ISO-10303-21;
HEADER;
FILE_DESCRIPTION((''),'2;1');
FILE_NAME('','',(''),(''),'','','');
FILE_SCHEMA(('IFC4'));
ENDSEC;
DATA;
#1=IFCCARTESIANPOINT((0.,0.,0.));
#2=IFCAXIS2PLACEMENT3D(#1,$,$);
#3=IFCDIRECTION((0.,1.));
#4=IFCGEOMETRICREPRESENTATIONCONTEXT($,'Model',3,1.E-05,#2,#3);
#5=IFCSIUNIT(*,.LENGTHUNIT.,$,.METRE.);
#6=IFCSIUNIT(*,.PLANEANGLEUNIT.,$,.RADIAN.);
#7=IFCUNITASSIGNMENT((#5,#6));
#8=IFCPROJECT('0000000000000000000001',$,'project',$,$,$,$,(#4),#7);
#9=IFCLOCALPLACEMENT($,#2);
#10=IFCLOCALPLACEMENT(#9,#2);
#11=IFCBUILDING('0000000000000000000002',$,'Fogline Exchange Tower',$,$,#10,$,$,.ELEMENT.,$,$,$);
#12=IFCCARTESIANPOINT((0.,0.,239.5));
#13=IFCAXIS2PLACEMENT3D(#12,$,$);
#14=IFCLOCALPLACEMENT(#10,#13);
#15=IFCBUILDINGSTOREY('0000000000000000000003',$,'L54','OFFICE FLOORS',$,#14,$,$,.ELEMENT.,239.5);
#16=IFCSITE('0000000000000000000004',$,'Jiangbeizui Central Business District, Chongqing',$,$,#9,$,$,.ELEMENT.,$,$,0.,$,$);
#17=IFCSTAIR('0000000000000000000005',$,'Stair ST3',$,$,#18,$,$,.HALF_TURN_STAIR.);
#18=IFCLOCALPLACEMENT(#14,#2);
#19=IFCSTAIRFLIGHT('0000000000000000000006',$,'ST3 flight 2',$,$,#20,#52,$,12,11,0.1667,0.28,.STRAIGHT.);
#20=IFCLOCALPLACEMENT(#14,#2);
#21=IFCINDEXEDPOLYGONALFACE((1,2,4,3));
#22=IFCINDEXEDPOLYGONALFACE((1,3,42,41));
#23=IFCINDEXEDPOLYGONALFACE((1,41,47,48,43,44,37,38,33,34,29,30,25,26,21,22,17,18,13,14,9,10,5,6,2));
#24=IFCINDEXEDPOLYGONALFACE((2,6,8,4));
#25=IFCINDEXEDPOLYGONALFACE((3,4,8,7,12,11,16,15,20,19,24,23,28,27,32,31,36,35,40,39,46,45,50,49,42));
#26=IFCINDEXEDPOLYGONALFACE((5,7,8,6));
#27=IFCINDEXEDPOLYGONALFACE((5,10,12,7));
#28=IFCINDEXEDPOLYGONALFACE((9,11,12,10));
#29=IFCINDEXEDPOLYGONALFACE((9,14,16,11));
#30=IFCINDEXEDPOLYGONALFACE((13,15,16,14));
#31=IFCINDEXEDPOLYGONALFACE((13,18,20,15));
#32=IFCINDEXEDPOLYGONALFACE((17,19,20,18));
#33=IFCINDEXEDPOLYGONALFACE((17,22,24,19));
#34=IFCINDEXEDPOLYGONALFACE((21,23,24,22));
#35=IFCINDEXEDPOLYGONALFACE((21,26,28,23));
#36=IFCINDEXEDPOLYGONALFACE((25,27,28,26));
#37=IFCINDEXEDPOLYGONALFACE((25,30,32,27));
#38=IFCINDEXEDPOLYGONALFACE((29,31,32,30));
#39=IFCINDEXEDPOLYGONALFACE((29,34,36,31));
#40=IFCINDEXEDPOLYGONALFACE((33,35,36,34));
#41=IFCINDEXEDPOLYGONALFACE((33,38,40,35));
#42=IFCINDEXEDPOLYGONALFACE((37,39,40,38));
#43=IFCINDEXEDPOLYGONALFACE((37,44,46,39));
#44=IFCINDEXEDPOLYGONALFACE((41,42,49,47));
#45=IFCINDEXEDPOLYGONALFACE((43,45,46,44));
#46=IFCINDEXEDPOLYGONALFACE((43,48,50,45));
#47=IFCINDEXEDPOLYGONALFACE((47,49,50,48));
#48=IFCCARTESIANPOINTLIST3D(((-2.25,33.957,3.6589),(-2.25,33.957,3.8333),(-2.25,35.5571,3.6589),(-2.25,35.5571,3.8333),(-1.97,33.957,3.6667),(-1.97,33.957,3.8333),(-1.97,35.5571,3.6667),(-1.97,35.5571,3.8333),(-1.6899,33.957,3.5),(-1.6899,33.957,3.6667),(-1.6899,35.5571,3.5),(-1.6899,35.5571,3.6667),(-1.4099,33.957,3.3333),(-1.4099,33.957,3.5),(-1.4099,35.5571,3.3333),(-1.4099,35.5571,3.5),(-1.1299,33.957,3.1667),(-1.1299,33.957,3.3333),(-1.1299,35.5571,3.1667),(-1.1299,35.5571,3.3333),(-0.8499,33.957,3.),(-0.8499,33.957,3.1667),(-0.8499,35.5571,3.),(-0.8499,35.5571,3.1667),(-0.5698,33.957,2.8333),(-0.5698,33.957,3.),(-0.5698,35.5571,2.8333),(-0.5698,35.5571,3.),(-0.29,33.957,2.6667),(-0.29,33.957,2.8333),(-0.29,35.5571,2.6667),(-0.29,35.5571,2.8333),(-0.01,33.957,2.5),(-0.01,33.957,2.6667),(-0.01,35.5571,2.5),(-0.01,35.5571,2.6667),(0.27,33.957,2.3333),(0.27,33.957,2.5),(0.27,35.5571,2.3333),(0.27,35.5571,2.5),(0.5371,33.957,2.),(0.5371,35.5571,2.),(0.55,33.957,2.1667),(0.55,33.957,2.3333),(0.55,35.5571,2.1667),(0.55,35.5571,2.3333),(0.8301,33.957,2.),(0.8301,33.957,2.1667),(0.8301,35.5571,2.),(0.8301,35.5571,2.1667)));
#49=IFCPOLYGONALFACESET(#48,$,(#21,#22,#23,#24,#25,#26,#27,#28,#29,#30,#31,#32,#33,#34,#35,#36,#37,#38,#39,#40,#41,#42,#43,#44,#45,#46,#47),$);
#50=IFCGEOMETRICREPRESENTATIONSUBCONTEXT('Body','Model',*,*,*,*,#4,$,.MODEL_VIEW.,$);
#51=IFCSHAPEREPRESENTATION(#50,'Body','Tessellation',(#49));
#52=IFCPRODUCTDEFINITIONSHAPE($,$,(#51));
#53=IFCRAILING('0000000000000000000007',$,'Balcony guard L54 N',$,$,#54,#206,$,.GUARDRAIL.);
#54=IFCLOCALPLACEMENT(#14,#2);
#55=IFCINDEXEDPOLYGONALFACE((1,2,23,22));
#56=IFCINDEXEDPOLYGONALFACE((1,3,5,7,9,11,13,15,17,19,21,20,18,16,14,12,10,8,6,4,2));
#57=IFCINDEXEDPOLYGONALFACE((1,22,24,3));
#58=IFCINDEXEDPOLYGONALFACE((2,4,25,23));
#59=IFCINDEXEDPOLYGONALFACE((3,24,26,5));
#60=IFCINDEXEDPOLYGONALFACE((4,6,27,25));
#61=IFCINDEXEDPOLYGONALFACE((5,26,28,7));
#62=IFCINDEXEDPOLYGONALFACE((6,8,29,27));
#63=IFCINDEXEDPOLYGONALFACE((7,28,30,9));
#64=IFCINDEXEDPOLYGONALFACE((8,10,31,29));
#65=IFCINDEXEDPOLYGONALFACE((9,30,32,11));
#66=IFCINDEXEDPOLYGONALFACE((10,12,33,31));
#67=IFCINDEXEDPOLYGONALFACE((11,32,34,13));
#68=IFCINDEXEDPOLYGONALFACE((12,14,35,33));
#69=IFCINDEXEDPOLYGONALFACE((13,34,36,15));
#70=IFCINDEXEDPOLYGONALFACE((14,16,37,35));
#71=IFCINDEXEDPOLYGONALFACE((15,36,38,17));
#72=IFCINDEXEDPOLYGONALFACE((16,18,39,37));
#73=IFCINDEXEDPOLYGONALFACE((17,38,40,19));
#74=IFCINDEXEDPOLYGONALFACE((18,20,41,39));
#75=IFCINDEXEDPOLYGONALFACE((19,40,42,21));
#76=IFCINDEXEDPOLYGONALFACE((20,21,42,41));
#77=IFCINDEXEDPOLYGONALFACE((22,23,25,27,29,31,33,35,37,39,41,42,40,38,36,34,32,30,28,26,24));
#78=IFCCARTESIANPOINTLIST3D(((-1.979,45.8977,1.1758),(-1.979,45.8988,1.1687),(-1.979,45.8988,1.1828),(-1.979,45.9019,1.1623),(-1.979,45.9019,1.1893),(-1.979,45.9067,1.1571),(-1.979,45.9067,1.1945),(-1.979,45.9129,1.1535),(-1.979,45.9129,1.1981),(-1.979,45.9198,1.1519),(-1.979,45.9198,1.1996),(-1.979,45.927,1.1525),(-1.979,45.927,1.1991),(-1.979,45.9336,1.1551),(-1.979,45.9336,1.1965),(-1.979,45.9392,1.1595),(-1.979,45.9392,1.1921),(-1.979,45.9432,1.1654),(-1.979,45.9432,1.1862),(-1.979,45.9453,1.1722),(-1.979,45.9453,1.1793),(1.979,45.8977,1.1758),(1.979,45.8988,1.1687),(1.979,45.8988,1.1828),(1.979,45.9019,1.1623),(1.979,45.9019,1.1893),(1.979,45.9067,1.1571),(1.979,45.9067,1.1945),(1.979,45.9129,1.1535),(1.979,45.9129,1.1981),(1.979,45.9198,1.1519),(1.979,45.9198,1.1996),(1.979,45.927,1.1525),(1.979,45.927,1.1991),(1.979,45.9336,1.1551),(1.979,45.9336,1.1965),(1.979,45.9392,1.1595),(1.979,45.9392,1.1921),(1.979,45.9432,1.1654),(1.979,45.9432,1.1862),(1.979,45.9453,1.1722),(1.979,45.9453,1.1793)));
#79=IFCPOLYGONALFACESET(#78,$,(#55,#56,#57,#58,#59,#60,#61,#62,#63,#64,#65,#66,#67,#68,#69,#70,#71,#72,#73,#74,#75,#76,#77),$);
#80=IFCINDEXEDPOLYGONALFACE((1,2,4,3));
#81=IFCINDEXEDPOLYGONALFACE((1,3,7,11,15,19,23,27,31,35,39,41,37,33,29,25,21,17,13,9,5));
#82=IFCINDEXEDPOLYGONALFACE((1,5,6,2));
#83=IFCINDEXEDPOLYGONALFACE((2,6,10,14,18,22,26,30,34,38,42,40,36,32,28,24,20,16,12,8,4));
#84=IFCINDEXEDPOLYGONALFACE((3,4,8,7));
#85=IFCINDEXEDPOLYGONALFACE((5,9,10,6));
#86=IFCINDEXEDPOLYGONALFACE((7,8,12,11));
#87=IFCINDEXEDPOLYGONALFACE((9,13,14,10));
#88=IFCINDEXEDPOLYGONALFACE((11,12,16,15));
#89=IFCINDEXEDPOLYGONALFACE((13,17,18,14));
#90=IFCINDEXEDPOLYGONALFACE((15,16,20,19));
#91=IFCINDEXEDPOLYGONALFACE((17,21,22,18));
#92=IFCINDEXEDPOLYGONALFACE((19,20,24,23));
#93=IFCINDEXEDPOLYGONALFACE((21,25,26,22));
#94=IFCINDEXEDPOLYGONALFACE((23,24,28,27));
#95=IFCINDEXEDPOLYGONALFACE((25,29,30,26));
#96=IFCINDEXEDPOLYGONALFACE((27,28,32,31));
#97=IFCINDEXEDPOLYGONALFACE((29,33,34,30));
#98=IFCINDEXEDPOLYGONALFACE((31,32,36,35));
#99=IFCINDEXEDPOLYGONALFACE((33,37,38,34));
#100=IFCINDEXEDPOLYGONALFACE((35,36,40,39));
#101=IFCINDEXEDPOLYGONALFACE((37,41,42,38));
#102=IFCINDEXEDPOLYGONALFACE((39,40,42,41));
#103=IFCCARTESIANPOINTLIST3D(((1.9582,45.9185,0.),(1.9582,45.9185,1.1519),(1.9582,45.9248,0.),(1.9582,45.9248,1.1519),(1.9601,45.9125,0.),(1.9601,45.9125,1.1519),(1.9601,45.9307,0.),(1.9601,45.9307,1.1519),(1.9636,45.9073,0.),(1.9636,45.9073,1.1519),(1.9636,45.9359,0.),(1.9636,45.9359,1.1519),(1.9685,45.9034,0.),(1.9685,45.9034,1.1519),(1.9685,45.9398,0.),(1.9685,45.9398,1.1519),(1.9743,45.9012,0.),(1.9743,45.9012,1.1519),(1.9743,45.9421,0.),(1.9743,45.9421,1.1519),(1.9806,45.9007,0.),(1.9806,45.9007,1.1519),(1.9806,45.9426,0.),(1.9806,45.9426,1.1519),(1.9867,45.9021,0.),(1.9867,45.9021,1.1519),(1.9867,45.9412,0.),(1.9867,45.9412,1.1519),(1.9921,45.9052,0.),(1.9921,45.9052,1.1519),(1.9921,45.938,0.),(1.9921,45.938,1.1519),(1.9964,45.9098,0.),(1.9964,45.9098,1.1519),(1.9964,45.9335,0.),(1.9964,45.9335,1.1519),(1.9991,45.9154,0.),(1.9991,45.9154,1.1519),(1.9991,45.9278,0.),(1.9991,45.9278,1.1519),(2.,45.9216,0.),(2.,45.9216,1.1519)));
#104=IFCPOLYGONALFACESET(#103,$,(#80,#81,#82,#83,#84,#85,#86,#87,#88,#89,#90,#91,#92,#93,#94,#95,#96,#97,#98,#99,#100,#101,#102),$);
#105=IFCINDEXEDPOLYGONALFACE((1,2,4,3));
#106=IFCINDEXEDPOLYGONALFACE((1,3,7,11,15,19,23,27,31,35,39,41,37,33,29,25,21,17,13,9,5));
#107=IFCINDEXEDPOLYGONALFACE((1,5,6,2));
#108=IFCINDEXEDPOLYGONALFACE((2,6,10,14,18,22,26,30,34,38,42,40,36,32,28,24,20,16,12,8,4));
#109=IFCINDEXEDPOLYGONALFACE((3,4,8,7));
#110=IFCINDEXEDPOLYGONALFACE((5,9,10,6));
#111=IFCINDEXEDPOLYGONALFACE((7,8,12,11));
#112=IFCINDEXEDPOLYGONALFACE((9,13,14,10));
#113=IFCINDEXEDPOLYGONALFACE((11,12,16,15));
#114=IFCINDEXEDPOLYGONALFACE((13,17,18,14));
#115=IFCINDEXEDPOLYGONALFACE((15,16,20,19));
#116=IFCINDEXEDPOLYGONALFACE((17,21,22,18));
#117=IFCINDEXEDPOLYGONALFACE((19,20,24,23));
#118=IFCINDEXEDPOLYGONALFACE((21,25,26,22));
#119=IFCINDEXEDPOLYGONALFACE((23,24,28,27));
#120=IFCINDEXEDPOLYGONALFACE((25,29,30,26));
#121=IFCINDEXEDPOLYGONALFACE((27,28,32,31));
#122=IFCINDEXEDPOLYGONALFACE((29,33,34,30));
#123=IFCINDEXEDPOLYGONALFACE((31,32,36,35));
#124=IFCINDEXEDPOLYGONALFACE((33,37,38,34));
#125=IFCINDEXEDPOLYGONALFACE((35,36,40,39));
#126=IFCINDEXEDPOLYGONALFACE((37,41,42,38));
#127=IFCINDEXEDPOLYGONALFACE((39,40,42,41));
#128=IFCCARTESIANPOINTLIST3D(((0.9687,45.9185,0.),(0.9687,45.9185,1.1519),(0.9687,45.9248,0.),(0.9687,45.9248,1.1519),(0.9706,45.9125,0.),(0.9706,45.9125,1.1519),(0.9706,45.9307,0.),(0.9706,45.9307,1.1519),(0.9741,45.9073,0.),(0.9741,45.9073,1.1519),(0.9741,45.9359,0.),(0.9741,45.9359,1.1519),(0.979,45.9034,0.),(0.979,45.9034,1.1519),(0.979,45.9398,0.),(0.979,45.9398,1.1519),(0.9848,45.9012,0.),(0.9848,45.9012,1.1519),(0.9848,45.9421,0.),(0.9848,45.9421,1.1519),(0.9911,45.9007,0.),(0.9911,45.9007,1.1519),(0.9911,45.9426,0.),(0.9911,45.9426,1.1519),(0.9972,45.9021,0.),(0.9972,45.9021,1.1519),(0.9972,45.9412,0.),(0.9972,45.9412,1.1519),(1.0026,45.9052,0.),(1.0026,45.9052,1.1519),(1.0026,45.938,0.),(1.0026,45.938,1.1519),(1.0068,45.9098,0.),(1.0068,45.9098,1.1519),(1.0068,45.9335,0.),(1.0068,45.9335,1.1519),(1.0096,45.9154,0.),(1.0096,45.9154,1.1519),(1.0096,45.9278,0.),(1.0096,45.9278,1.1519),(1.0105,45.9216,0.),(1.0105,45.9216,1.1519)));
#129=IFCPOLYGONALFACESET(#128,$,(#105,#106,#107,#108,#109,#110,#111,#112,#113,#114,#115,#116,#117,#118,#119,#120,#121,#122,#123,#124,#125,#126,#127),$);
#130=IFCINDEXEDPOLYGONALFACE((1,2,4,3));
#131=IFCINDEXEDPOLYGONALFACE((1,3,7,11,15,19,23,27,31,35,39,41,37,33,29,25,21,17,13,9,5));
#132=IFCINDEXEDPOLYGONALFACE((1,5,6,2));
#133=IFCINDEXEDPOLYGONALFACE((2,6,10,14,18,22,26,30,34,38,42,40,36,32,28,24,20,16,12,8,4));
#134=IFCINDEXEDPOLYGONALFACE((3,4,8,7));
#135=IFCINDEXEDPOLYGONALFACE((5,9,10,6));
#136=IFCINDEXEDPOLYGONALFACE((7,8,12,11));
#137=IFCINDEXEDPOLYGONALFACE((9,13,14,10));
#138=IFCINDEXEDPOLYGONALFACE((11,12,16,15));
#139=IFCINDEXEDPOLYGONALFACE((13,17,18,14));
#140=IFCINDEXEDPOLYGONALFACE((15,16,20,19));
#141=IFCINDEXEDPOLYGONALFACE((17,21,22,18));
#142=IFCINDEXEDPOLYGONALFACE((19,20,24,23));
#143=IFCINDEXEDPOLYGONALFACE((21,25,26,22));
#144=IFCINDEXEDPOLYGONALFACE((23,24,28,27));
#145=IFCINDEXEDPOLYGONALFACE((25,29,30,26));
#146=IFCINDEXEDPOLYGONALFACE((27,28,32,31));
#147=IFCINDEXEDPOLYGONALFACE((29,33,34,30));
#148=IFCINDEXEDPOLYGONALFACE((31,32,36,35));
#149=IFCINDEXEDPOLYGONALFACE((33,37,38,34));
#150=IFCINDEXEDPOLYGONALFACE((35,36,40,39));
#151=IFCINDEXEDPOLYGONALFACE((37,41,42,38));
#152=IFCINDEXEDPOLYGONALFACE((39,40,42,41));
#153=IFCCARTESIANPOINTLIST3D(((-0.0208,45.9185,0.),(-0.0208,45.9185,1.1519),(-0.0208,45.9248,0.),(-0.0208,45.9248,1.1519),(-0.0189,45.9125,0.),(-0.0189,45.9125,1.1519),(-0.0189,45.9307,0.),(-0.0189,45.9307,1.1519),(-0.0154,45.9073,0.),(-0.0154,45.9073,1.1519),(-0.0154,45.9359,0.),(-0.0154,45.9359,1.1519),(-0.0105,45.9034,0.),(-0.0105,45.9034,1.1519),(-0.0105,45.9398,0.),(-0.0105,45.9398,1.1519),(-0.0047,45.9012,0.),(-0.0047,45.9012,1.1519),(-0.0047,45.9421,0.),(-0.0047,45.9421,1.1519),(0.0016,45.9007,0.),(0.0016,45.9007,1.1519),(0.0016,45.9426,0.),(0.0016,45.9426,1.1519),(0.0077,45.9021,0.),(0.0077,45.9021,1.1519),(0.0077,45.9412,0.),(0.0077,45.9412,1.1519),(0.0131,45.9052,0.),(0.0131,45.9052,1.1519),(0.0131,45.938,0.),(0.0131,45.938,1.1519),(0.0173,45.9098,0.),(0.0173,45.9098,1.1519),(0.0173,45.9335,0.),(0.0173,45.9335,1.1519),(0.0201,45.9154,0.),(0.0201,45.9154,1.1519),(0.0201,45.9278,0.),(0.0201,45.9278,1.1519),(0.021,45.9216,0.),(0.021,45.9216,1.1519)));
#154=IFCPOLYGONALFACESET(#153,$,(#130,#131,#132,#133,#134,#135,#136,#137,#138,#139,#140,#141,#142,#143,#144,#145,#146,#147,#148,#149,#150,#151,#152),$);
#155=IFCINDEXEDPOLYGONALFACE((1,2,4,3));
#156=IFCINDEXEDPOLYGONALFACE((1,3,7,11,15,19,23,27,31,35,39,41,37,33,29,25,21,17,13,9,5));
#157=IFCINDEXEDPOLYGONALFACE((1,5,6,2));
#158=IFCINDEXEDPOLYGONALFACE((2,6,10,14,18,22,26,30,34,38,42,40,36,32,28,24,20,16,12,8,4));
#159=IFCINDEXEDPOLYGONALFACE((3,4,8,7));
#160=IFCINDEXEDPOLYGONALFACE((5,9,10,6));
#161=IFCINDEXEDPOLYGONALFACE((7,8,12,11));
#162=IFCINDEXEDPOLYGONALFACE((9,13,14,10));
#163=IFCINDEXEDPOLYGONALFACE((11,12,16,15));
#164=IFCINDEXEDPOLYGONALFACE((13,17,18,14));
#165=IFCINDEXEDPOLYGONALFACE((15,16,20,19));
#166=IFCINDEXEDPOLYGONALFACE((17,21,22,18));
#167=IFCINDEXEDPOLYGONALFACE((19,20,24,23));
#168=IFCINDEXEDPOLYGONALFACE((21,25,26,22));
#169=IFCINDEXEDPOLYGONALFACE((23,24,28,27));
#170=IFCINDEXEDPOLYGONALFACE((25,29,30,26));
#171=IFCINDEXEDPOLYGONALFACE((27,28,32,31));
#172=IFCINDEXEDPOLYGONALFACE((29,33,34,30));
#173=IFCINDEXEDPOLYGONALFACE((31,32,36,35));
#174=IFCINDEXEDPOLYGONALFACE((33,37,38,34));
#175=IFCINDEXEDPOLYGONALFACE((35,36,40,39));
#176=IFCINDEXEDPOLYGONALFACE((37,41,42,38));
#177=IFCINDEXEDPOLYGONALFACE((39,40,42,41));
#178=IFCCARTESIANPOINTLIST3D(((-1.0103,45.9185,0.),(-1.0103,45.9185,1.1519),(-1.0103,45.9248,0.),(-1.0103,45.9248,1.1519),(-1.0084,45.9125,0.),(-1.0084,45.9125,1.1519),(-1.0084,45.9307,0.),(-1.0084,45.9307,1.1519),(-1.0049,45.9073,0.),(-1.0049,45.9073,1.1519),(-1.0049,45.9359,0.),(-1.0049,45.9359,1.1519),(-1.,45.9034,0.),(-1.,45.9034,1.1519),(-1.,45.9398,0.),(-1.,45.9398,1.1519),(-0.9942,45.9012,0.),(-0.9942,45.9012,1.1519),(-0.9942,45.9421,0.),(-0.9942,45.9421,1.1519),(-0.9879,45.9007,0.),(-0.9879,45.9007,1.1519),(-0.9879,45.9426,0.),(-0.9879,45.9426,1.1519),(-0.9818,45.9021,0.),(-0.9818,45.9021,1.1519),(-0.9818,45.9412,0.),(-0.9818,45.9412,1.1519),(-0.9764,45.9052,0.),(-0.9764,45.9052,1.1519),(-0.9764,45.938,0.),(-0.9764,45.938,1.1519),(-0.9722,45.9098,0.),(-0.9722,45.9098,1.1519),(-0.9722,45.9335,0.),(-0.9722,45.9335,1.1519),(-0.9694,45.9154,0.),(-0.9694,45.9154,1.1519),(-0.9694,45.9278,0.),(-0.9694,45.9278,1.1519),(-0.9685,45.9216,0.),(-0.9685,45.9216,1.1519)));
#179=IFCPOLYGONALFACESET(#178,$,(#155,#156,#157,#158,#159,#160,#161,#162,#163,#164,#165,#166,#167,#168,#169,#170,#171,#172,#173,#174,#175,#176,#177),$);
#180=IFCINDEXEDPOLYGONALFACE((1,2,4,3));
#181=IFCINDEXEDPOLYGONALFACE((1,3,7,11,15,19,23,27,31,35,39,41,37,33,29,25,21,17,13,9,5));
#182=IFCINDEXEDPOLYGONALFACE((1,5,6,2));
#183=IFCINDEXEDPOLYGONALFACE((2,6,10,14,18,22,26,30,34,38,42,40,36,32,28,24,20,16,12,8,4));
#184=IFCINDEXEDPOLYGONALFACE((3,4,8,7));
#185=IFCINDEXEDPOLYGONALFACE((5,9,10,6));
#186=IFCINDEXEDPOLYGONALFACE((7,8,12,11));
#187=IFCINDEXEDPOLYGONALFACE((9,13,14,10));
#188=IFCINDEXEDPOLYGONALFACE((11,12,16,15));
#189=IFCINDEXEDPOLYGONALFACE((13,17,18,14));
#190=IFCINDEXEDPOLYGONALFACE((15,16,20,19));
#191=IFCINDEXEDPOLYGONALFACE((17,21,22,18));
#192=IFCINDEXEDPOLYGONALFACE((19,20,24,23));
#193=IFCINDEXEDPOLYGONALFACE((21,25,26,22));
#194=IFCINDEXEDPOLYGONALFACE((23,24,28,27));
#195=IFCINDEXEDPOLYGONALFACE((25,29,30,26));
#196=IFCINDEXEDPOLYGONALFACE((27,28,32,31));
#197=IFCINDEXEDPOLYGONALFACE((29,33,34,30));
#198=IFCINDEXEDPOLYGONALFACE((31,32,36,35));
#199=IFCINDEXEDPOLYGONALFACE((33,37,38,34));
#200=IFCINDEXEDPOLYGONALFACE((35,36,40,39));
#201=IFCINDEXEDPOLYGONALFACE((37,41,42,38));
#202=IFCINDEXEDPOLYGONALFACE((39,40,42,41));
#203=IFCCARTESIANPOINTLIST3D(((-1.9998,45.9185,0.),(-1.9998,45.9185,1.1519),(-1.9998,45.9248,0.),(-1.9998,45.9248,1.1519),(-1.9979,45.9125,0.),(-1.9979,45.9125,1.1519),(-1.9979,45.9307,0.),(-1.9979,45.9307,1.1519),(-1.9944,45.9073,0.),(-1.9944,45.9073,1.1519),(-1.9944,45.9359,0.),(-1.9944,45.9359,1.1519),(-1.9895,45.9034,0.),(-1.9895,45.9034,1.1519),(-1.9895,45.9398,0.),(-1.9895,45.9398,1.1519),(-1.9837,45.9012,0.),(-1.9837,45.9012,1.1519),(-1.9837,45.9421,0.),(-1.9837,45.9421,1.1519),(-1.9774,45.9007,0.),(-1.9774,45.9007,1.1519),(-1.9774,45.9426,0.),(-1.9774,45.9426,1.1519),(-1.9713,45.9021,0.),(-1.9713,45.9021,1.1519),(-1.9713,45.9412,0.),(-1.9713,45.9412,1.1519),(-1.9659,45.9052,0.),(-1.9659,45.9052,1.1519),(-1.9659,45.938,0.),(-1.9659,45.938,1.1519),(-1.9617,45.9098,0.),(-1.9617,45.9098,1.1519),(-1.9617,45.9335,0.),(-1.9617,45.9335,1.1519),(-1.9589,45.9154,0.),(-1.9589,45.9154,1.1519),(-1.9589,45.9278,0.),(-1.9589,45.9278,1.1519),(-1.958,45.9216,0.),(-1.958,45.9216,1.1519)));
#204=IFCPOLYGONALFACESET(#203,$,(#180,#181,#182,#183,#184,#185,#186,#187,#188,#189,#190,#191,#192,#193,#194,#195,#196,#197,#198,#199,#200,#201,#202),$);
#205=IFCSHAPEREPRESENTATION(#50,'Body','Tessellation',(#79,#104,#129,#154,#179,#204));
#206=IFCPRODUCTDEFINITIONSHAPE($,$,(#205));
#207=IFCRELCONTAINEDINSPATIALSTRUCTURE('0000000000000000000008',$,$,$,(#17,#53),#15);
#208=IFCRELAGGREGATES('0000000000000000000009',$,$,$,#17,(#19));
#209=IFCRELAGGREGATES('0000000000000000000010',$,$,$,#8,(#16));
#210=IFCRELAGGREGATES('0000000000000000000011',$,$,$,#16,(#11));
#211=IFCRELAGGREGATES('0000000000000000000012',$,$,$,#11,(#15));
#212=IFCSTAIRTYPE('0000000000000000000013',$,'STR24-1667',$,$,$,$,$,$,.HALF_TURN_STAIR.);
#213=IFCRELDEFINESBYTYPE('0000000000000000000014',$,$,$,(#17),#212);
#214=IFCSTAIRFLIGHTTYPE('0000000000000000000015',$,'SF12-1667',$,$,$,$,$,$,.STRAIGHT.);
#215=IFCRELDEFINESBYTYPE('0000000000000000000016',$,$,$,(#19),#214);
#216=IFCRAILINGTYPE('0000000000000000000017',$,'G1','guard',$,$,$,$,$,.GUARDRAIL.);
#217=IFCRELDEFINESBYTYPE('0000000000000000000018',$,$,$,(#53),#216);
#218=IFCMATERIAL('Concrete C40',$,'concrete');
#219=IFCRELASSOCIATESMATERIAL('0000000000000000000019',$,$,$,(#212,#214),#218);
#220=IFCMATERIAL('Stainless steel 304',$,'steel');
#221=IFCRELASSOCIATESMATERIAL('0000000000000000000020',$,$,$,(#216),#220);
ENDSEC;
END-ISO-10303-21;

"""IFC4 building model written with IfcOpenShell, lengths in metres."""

from ifc_helpers import new_model, si_unit, direction, frame, origin, origin_2d, place, context, subcontext, project, spatial, polyline, circle, outline, extrude, material, type_object, element, aggregate, save


model = new_model("IFC4")

# Units and contexts
model_context = context("Model", 3, precision=1e-05, world=origin(), true_north=direction((0.0, 1.0)))
body_context = subcontext(model_context, "Body", "Model", "MODEL_VIEW")
ifc_project = project(units=[si_unit("LENGTHUNIT", "METRE"), si_unit("PLANEANGLEUNIT", "RADIAN")], contexts=[model_context])

# Site, building, storey
site_placement = place(None, origin())
site = spatial("IfcSite", under=ifc_project, at=site_placement, Name="Jiangbeizui Central Business District, Chongqing", CompositionType="ELEMENT", RefElevation=0.0)
building_placement = place(site_placement, origin())
building = spatial("IfcBuilding", under=site, at=building_placement, Name="Fogline Exchange Tower", CompositionType="ELEMENT")
storey_placement = place(building_placement, frame((0.0, 0.0, 239.5)))
storey = spatial("IfcBuildingStorey", under=building, at=storey_placement, Name="L54", Description="OFFICE FLOORS", CompositionType="ELEMENT", Elevation=239.5)

# Shared definitions
ifc_material_1 = material(Name="Concrete C40", Category="concrete")

# Stair, stair flight
stair_type = type_object("IfcStairType", Name="STR24-1667", PredefinedType="HALF_TURN_STAIR", material=ifc_material_1)
stair_placement = place(storey_placement, origin())
stair = element("IfcStair", 1, at=stair_placement, inside=storey, type_object=stair_type, Name="Stair ST3", PredefinedType="HALF_TURN_STAIR")
stair_flight_type = type_object("IfcStairFlightType", Name="SF12-1667", PredefinedType="STRAIGHT", material=ifc_material_1)
stair_flight_placement = place(storey_placement, frame((0.8301, 34.7571, 2.0), z_axis=(0.0, 0.0, 1.0), x_axis=(-1.0, 0.0, 0.0)))
stair_flight = element("IfcStairFlight", 2, at=stair_flight_placement, type_object=stair_flight_type, Name="ST3 flight 2", NumberOfRisers=12, NumberOfTreads=11, PredefinedType="STRAIGHT", RiserHeight=0.1667, TreadLength=0.28, context=body_context, shape_type="SweptSolid", body=[
    extrude(outline(polyline([(0.0, 0.0), (0.0, 0.1667), (0.28, 0.1667), (0.28, 0.3333), (0.5601, 0.3333), (0.5601, 0.5), (0.8401, 0.5), (0.8401, 0.6667), (1.1201, 0.6667), (1.1201, 0.8333), (1.3999, 0.8333), (1.3999, 1.0), (1.6799, 1.0), (1.6799, 1.1667), (1.96, 1.1667), (1.96, 1.3333), (2.24, 1.3333), (2.24, 1.5), (2.52, 1.5), (2.52, 1.6667), (2.8, 1.6667), (2.8, 1.8333), (3.0801, 1.8333), (3.0801, 2.0), (3.0801, 1.6589), (0.293, 0.0), (0.0, 0.0)])), frame((0.0, 0.8, 0.0), z_axis=(0.0, -1.0, 0.0), x_axis=(1.0, 0.0, 0.0)), (0.0, 0.0, 1.0), 1.6001),
])
aggregate(stair, [stair_flight])

# Railing
ifc_material_2 = material(Name="Stainless steel 304", Category="steel")
railing_type = type_object("IfcRailingType", Name="G1", Description="guard", PredefinedType="GUARDRAIL", material=ifc_material_2)
railing_placement = place(storey_placement, frame((1.979, 45.9216, 0.0)))
element("IfcRailing", 3, at=railing_placement, inside=storey, type_object=railing_type, Name="Balcony guard L54 N", PredefinedType="GUARDRAIL", context=body_context, shape_type="SweptSolid", body=[
    extrude(circle(Radius=0.0239, at=origin_2d()), frame((0.0, 0.0, 1.1758), z_axis=(-1.0, 0.0, 0.0), x_axis=(0.0, -1.0, 0.0)), (0.0, 0.0, 1.0), 3.958),
    extrude(circle(Radius=0.021, at=origin_2d()), origin(), (0.0, 0.0, 1.0), 1.1519),
    extrude(circle(Radius=0.021, at=origin_2d()), frame((-0.9895, 0.0, 0.0)), (0.0, 0.0, 1.0), 1.1519),
    extrude(circle(Radius=0.021, at=origin_2d()), frame((-1.979, 0.0, 0.0)), (0.0, 0.0, 1.0), 1.1519),
    extrude(circle(Radius=0.021, at=origin_2d()), frame((-2.9685, 0.0, 0.0)), (0.0, 0.0, 1.0), 1.1519),
    extrude(circle(Radius=0.021, at=origin_2d()), frame((-3.958, 0.0, 0.0)), (0.0, 0.0, 1.0), 1.1519),
])

save(model, "model.ifc")
